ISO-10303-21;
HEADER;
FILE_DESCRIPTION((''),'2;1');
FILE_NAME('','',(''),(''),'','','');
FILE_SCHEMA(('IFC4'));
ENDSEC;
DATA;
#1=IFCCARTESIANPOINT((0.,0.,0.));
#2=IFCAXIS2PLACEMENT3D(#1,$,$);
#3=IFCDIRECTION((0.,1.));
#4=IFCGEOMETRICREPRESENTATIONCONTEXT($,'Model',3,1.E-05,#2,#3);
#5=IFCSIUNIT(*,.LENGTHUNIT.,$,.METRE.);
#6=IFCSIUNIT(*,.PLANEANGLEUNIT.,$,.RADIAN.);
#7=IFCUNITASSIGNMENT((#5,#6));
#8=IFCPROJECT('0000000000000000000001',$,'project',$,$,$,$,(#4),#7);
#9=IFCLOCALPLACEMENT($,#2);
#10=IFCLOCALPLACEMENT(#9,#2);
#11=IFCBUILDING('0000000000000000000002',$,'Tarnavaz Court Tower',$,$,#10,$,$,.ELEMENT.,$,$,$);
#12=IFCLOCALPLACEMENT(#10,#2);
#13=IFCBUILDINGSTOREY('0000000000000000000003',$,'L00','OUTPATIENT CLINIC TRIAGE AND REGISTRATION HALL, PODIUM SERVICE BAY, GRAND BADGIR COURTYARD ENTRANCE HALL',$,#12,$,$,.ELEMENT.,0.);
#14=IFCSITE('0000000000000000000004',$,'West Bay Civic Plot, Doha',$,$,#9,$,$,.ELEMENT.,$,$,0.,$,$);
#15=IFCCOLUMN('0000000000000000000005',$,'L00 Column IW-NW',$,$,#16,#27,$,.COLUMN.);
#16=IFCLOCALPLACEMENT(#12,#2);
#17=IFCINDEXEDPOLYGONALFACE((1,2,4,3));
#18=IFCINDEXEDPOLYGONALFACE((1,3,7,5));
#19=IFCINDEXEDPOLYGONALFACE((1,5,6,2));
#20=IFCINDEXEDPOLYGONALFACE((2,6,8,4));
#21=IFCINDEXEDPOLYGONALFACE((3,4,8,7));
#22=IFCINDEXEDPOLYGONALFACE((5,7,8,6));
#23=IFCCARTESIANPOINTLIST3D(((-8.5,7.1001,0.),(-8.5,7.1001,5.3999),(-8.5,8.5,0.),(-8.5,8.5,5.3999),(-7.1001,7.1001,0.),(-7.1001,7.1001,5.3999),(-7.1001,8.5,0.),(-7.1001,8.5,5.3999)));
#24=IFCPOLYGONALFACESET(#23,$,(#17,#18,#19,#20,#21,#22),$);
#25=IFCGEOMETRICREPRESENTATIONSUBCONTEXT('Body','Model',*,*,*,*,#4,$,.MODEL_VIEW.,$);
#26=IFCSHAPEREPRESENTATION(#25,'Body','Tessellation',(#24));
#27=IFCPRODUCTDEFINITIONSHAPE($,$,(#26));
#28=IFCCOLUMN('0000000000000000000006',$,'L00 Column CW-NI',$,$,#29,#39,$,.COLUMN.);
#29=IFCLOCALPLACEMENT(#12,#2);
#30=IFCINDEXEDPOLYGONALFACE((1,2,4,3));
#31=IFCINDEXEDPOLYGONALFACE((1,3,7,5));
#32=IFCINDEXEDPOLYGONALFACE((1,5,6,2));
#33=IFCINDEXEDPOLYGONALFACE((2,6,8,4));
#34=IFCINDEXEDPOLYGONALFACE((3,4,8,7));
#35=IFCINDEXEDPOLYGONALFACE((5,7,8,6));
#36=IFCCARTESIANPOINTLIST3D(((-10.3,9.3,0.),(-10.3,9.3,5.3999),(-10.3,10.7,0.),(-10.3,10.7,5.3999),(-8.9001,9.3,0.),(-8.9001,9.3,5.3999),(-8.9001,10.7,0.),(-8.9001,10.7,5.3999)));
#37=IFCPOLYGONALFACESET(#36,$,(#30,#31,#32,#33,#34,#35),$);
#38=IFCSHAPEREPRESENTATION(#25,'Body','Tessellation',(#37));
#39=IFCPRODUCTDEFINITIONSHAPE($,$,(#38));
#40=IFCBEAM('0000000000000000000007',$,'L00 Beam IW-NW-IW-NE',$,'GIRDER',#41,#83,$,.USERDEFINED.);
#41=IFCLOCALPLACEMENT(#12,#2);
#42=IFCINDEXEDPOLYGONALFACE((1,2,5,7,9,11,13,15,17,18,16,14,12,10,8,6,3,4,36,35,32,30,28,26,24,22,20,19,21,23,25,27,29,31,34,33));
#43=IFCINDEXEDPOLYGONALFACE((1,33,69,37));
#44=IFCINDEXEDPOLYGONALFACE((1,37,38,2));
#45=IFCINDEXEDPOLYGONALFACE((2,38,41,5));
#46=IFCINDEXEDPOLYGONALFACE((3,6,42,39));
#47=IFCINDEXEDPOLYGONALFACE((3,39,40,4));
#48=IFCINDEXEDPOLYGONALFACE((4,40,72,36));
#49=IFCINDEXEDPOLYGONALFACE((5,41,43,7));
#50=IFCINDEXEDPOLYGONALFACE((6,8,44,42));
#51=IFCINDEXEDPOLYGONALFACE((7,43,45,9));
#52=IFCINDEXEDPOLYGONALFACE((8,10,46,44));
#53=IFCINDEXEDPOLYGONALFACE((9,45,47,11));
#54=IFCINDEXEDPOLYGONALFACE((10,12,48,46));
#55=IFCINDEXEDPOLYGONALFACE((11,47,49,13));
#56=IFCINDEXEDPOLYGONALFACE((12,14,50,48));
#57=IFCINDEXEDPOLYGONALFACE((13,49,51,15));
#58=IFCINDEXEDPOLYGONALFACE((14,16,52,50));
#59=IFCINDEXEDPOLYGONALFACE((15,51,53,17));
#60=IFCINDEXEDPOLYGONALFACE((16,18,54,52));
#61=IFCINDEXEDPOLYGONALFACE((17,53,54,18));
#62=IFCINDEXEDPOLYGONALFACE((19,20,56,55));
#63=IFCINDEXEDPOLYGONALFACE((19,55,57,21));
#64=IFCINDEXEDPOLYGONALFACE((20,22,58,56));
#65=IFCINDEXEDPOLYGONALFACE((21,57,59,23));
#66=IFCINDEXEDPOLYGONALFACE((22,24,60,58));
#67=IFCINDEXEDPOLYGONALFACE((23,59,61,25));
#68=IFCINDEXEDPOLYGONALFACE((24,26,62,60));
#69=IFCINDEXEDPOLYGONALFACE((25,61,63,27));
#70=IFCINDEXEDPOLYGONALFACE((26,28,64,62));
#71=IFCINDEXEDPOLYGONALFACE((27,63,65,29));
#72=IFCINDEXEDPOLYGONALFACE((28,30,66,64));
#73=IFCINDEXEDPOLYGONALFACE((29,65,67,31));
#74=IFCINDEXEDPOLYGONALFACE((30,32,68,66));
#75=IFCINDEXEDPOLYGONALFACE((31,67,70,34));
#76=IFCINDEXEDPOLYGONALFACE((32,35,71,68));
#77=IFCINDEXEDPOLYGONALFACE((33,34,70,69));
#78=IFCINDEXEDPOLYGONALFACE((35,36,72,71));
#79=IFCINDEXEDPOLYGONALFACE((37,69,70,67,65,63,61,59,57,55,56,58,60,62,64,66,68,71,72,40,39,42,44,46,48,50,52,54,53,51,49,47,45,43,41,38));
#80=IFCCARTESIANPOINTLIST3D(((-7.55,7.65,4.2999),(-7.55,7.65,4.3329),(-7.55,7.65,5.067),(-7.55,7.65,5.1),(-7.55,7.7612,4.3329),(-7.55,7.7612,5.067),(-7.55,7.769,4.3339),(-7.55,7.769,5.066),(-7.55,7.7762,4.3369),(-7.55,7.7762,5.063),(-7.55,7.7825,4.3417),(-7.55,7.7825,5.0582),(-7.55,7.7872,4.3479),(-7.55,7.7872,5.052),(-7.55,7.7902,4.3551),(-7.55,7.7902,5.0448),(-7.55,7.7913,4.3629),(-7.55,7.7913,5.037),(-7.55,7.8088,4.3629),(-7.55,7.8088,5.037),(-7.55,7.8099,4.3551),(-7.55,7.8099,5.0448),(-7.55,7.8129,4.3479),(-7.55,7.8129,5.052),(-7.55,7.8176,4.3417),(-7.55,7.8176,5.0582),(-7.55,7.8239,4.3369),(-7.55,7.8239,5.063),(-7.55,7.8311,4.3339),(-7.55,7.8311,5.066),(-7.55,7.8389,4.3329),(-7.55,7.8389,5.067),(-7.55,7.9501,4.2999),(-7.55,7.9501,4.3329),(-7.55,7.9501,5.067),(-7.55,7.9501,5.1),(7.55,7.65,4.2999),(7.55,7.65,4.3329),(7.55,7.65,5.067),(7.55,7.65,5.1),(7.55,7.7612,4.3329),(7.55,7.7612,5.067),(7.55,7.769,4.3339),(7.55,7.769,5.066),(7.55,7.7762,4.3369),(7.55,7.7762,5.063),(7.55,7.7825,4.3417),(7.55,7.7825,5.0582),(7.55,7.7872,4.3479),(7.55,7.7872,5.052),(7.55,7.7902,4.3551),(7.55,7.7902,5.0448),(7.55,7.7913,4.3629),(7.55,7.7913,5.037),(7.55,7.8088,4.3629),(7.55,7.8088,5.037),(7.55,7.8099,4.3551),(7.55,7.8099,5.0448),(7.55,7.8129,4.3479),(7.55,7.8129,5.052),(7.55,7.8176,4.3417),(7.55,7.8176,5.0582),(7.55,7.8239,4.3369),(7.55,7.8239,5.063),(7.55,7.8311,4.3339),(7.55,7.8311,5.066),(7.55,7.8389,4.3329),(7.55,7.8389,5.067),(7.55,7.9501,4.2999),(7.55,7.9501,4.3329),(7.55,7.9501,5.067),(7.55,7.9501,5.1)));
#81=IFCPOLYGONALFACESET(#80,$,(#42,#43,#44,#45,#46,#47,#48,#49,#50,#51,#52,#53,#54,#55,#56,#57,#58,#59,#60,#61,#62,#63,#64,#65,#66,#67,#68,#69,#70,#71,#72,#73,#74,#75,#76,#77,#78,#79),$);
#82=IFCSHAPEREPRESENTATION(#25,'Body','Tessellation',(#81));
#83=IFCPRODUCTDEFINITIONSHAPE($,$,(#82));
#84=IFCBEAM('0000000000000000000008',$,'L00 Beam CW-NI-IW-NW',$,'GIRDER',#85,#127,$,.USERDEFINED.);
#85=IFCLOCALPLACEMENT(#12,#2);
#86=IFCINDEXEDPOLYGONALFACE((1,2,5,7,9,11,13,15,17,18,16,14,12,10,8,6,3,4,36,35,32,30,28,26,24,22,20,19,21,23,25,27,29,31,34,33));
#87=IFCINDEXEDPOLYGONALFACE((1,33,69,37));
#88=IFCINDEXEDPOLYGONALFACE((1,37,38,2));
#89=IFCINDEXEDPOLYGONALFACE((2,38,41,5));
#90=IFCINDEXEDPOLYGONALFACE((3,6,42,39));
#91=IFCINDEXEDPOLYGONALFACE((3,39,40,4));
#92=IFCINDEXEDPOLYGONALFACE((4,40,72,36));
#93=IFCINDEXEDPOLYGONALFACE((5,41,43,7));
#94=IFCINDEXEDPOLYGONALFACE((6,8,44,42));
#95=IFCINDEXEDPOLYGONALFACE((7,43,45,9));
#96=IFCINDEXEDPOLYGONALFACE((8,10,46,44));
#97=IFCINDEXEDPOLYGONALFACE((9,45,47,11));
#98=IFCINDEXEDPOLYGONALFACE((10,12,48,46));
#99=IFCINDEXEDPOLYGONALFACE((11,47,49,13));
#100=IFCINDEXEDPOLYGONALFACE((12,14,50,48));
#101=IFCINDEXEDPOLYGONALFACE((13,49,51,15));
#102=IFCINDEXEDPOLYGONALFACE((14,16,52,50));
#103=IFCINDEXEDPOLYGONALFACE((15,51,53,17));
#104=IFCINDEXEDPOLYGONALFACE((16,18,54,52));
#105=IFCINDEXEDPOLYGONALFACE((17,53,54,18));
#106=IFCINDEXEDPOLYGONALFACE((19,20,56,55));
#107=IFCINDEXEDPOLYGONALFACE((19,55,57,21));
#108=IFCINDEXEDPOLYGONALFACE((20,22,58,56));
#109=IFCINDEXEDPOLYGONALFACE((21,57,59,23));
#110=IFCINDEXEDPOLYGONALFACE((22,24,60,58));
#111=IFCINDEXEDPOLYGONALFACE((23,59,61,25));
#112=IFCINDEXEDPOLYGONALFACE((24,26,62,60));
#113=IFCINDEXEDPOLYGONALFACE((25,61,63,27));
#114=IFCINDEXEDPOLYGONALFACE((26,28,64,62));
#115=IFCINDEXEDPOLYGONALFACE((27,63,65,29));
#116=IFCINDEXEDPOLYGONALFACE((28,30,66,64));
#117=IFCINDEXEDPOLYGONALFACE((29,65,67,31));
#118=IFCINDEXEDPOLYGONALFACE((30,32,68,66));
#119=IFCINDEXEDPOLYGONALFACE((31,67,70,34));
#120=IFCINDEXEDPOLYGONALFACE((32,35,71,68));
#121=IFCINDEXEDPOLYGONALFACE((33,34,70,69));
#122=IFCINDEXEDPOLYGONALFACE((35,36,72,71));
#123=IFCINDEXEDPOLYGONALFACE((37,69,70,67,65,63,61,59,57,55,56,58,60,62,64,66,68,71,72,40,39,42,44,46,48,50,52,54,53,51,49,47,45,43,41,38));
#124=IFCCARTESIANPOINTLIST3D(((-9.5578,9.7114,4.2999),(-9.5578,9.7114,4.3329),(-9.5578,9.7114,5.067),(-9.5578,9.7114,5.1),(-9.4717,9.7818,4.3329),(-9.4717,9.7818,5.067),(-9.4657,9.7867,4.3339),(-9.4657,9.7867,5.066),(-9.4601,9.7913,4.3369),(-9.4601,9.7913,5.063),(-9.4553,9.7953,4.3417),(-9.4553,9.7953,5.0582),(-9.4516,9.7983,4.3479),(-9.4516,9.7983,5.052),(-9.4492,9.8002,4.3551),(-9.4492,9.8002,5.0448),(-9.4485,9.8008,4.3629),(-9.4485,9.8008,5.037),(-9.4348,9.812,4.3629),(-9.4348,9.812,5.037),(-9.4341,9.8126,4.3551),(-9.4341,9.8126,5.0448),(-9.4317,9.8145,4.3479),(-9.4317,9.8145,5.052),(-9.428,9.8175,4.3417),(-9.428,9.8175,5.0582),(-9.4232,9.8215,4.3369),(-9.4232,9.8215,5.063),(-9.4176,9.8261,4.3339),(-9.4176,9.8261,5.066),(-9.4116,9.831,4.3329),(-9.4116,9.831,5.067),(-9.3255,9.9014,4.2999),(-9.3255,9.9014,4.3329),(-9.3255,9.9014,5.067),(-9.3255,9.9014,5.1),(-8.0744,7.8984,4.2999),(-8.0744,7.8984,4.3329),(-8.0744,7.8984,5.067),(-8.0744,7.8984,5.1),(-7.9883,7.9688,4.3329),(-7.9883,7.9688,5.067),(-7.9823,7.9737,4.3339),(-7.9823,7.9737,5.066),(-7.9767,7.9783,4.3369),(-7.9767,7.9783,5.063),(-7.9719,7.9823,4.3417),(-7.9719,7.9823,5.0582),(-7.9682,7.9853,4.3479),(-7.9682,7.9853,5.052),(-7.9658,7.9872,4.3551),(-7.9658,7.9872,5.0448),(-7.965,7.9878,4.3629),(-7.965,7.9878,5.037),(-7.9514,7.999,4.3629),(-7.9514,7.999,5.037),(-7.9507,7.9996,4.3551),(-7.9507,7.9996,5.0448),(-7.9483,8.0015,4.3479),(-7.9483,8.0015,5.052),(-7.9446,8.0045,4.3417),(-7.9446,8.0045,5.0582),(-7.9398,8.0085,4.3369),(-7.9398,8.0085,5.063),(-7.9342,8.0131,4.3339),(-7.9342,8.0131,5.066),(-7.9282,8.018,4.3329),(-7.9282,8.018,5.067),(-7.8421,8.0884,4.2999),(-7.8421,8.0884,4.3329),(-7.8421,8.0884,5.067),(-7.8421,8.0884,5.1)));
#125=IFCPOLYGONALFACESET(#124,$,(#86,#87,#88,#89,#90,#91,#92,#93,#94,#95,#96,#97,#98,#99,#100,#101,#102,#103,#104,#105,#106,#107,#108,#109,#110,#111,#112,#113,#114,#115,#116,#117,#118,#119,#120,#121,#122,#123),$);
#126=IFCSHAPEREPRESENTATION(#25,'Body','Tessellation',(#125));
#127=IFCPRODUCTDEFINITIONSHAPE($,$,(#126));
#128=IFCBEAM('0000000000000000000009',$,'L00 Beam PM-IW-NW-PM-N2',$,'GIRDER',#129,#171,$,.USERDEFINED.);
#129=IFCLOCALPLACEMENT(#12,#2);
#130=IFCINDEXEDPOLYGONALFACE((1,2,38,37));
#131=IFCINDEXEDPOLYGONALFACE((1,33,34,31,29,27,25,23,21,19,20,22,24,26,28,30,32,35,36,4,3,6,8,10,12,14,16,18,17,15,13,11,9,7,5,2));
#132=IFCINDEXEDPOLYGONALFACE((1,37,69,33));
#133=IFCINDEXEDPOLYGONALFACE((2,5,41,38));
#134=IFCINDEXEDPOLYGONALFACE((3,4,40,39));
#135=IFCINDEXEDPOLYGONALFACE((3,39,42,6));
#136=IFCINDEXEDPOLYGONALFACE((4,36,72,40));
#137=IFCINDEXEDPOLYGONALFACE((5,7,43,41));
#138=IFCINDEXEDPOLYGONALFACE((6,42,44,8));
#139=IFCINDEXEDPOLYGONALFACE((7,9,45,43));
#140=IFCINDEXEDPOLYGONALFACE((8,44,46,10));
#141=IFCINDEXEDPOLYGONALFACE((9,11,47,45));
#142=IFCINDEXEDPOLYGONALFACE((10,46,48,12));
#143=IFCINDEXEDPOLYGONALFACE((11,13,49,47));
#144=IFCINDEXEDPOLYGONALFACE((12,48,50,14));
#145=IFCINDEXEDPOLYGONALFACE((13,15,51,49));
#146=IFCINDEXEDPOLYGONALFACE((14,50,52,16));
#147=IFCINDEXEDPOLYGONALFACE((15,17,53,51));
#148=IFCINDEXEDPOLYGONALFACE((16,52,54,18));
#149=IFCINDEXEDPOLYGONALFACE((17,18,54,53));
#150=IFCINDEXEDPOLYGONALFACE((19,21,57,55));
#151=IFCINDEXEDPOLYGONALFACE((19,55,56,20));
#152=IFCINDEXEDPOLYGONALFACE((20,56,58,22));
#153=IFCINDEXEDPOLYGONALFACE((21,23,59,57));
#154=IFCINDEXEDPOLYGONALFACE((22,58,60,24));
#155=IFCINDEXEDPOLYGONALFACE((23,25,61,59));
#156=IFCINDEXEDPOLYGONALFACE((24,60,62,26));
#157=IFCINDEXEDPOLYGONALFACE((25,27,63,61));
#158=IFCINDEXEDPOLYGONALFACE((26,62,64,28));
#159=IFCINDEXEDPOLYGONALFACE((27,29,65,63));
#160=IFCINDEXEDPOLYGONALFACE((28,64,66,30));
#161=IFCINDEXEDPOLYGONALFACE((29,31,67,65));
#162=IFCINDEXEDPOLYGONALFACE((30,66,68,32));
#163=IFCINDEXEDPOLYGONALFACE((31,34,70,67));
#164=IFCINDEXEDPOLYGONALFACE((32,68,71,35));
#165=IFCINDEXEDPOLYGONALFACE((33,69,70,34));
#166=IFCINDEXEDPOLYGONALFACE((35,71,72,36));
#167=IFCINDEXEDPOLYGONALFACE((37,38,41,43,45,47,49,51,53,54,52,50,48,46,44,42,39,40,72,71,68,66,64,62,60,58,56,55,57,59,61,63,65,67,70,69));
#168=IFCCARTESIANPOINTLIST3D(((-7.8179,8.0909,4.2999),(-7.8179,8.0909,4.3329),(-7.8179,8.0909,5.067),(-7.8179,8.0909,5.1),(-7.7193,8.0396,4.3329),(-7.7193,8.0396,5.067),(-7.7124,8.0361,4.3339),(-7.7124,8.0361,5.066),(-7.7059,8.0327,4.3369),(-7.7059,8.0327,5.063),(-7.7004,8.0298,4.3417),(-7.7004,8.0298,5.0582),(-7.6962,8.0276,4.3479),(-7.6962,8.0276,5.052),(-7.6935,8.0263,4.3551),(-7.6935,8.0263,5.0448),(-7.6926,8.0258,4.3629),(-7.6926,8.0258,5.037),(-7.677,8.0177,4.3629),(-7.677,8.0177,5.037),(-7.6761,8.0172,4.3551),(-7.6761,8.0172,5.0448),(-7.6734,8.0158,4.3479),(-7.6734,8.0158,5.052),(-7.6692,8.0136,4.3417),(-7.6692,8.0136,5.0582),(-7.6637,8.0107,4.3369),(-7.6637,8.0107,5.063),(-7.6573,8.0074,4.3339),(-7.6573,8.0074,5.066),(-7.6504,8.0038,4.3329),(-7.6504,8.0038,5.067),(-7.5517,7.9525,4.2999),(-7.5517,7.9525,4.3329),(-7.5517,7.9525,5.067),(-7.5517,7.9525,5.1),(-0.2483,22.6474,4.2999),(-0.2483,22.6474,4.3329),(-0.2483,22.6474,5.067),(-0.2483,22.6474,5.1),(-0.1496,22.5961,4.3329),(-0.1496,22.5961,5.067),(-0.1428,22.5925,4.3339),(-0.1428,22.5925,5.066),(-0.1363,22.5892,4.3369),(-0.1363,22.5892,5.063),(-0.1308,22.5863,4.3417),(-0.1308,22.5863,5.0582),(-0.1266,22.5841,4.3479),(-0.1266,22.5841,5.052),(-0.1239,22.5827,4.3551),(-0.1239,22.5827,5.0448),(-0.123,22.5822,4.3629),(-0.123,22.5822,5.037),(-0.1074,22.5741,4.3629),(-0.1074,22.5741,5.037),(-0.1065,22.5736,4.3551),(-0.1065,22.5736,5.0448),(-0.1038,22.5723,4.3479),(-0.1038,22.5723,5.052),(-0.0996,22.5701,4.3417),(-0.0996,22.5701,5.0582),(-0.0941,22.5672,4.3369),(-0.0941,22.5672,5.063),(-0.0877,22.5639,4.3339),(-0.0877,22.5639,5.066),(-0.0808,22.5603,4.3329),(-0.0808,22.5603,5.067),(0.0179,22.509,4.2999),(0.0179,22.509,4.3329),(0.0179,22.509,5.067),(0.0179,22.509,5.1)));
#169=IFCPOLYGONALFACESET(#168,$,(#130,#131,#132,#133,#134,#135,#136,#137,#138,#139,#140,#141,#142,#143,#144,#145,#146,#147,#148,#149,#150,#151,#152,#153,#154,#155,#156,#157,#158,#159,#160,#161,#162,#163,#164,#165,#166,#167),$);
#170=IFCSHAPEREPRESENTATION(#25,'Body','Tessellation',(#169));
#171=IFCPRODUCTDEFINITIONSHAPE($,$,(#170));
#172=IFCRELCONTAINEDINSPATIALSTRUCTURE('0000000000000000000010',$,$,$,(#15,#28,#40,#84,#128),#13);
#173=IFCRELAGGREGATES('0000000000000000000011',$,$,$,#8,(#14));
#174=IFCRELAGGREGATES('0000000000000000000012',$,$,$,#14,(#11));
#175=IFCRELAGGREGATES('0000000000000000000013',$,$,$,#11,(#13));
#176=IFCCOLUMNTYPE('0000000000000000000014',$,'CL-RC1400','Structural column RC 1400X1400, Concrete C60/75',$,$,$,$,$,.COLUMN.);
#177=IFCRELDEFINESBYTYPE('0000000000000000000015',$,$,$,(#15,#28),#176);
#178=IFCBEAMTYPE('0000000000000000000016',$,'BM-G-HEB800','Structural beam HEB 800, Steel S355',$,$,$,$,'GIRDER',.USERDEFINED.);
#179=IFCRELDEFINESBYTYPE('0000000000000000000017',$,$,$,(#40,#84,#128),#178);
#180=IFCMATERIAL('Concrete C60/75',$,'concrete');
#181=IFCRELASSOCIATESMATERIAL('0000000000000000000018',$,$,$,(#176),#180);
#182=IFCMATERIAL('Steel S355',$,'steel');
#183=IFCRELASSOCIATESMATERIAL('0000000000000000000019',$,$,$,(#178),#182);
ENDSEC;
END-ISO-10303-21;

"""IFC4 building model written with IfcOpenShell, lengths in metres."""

from ifc_helpers import new_model, si_unit, direction, frame, origin, origin_2d, place, context, subcontext, project, spatial, rectangle, i_section, extrude, material, material_profile, profile_set, type_object, element, save


model = new_model("IFC4")

# Units and contexts
model_context = context("Model", 3, precision=1e-05, world=origin(), true_north=direction((0.0, 1.0)))
body_context = subcontext(model_context, "Body", "Model", "MODEL_VIEW")
ifc_project = project(units=[si_unit("LENGTHUNIT", "METRE"), si_unit("PLANEANGLEUNIT", "RADIAN")], contexts=[model_context])

# Site, building, storey
site_placement = place(None, origin())
site = spatial("IfcSite", under=ifc_project, at=site_placement, Name="West Bay Civic Plot, Doha", CompositionType="ELEMENT", RefElevation=0.0)
building_placement = place(site_placement, origin())
building = spatial("IfcBuilding", under=site, at=building_placement, Name="Tarnavaz Court Tower", CompositionType="ELEMENT")
storey_placement = place(building_placement, origin())
storey = spatial("IfcBuildingStorey", under=building, at=storey_placement, Name="L00", Description="OUTPATIENT CLINIC TRIAGE AND REGISTRATION HALL, PODIUM SERVICE BAY, GRAND BADGIR COURTYARD ENTRANCE HALL", CompositionType="ELEMENT", Elevation=0.0)

# Columns
ifc_material_1 = material(Name="Concrete C60/75", Category="concrete")
ifc_material_profile_1 = material_profile(ifc_material_1, rectangle(XDim=1.3999, YDim=1.3999, at=origin_2d()), Name="RC 1400X1400")
ifc_profile_set_1 = profile_set([ifc_material_profile_1], Name="Concrete C60/75")
column_type = type_object("IfcColumnType", Name="CL-RC1400", Description="Structural column RC 1400X1400, Concrete C60/75", PredefinedType="COLUMN", material=ifc_profile_set_1)
for number, where, z_axis, x_axis, name in (
    (1, (-7.8, 7.8, 0.0), (0.0, 0.0, 1.0), (1.0, 0.0, 0.0), "L00 Column IW-NW"),
    (2, (-9.6001, 10.0, 0.0), (0.0, 0.0, 1.0), (1.0, 0.0, 0.0), "L00 Column CW-NI"),
):
    element("IfcColumn", number, at=place(storey_placement, frame(where, z_axis=z_axis, x_axis=x_axis)), inside=storey, type_object=column_type, Name=name, PredefinedType="COLUMN", context=body_context, shape_type="SweptSolid", body=[
        extrude(rectangle(XDim=1.3999, YDim=1.3999, at=origin_2d()), origin(), (0.0, 0.0, 1.0), 5.3999),
    ])

# Beams
ifc_material_2 = material(Name="Steel S355", Category="steel")
ifc_material_profile_2 = material_profile(ifc_material_2, i_section(OverallWidth=0.3, OverallDepth=0.8, WebThickness=0.0176, FlangeThickness=0.033, FilletRadius=0.03, at=origin_2d()), Name="HEB 800")
ifc_profile_set_2 = profile_set([ifc_material_profile_2], Name="Steel S355")
beam_type = type_object("IfcBeamType", Name="BM-G-HEB800", Description="Structural beam HEB 800, Steel S355", ElementType="GIRDER", PredefinedType="USERDEFINED", material=ifc_profile_set_2)
beam_1_placement = place(storey_placement, frame((-7.55, 7.8, 4.7), z_axis=(1.0, 0.0, 0.0), x_axis=(0.0, 1.0, 0.0)))
element("IfcBeam", 3, at=beam_1_placement, inside=storey, type_object=beam_type, Name="L00 Beam IW-NW-IW-NE", ObjectType="GIRDER", PredefinedType="USERDEFINED", context=body_context, shape_type="SweptSolid", body=[
    extrude(i_section(OverallWidth=0.3, OverallDepth=0.8, WebThickness=0.0176, FlangeThickness=0.033, FilletRadius=0.03, at=origin_2d()), origin(), (0.0, 0.0, 1.0), 15.1001),
])
beam_2_placement = place(storey_placement, frame((-9.4417, 9.8064, 4.7), z_axis=(0.633249, -0.773948, 0.0), x_axis=(0.773948, 0.633249, 0.0)))
element("IfcBeam", 4, at=beam_2_placement, inside=storey, type_object=beam_type, Name="L00 Beam CW-NI-IW-NW", ObjectType="GIRDER", PredefinedType="USERDEFINED", context=body_context, shape_type="SweptSolid", body=[
    extrude(i_section(OverallWidth=0.3, OverallDepth=0.8, WebThickness=0.0176, FlangeThickness=0.033, FilletRadius=0.03, at=origin_2d()), origin(), (0.0, 0.0, 1.0), 2.3425),
])
beam_3_placement = place(storey_placement, frame((-7.6848, 8.0217, 4.7), z_axis=(0.461365, 0.88721, 0.0), x_axis=(-0.88721, 0.461365, 0.0)))
element("IfcBeam", 5, at=beam_3_placement, inside=storey, type_object=beam_type, Name="L00 Beam PM-IW-NW-PM-N2", ObjectType="GIRDER", PredefinedType="USERDEFINED", context=body_context, shape_type="SweptSolid", body=[
    extrude(i_section(OverallWidth=0.3, OverallDepth=0.8, WebThickness=0.0176, FlangeThickness=0.033, FilletRadius=0.03, at=origin_2d()), origin(), (0.0, 0.0, 1.0), 16.407),
])

save(model, "model.ifc")
